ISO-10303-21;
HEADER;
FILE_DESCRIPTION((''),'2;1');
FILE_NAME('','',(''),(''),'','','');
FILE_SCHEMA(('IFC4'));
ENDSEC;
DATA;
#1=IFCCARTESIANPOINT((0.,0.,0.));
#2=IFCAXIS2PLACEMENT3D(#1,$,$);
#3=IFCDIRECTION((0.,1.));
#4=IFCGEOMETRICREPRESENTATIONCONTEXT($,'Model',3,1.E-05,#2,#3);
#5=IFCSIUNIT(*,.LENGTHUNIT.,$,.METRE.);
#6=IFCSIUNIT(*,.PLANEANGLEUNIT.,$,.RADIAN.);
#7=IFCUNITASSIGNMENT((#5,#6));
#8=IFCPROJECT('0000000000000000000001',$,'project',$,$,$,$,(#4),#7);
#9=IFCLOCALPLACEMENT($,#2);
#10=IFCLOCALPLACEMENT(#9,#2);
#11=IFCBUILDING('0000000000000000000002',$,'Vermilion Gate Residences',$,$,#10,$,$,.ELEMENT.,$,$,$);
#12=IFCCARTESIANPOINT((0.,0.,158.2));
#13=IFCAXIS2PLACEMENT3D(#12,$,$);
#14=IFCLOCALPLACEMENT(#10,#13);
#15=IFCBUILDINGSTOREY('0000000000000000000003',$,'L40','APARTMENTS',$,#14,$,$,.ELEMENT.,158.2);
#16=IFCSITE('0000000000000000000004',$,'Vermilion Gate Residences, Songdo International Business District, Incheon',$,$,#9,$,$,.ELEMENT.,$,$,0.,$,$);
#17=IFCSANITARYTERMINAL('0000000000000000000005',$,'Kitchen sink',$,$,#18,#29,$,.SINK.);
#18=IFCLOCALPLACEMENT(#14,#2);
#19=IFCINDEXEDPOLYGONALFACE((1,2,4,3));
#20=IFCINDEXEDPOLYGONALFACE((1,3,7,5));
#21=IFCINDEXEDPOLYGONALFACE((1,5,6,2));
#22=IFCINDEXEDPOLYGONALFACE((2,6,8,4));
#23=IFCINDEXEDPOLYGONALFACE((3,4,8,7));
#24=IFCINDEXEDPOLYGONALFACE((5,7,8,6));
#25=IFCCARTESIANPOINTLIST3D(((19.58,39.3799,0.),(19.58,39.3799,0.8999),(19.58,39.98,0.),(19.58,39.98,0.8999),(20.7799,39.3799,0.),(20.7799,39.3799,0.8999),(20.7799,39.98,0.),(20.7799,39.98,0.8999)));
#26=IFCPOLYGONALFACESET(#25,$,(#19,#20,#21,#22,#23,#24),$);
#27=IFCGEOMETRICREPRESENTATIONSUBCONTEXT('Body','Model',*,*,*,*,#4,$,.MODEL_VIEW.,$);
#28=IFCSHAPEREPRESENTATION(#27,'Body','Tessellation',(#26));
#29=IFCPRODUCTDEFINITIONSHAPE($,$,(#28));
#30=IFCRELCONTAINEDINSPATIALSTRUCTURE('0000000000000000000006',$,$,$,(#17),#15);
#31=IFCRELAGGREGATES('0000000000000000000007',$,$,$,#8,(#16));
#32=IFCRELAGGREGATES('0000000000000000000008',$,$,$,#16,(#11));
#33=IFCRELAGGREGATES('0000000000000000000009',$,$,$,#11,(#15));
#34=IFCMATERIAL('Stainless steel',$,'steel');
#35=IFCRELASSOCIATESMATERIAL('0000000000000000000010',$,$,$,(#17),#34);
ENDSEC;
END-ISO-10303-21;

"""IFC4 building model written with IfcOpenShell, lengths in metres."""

from ifc_helpers import new_model, si_unit, direction, frame, origin, origin_2d, place, context, subcontext, project, spatial, rectangle, extrude, material, element, save


model = new_model("IFC4")

# Units and contexts
model_context = context("Model", 3, precision=1e-05, world=origin(), true_north=direction((0.0, 1.0)))
body_context = subcontext(model_context, "Body", "Model", "MODEL_VIEW")
ifc_project = project(units=[si_unit("LENGTHUNIT", "METRE"), si_unit("PLANEANGLEUNIT", "RADIAN")], contexts=[model_context])

# Site, building, storey
site_placement = place(None, origin())
site = spatial("IfcSite", under=ifc_project, at=site_placement, Name="Vermilion Gate Residences, Songdo International Business District, Incheon", CompositionType="ELEMENT", RefElevation=0.0)
building_placement = place(site_placement, origin())
building = spatial("IfcBuilding", under=site, at=building_placement, Name="Vermilion Gate Residences", CompositionType="ELEMENT")
storey_placement = place(building_placement, frame((0.0, 0.0, 158.2)))
storey = spatial("IfcBuildingStorey", under=building, at=storey_placement, Name="L40", Description="APARTMENTS", CompositionType="ELEMENT", Elevation=158.2)

# Sanitary terminal
ifc_material_1 = material(Name="Stainless steel", Category="steel")
sanitary_terminal_1_placement = place(storey_placement, frame((20.1799, 39.6799, 0.0), z_axis=(0.0, 0.0, 1.0), x_axis=(1.0, 0.0, 0.0)))
element("IfcSanitaryTerminal", 1, at=sanitary_terminal_1_placement, inside=storey, material=ifc_material_1, Name="Kitchen sink", PredefinedType="SINK", context=body_context, shape_type="SweptSolid", body=[
    extrude(rectangle(XDim=1.2, YDim=0.6001, at=origin_2d()), origin(), (0.0, 0.0, 1.0), 0.8999),
])

save(model, "model.ifc")
